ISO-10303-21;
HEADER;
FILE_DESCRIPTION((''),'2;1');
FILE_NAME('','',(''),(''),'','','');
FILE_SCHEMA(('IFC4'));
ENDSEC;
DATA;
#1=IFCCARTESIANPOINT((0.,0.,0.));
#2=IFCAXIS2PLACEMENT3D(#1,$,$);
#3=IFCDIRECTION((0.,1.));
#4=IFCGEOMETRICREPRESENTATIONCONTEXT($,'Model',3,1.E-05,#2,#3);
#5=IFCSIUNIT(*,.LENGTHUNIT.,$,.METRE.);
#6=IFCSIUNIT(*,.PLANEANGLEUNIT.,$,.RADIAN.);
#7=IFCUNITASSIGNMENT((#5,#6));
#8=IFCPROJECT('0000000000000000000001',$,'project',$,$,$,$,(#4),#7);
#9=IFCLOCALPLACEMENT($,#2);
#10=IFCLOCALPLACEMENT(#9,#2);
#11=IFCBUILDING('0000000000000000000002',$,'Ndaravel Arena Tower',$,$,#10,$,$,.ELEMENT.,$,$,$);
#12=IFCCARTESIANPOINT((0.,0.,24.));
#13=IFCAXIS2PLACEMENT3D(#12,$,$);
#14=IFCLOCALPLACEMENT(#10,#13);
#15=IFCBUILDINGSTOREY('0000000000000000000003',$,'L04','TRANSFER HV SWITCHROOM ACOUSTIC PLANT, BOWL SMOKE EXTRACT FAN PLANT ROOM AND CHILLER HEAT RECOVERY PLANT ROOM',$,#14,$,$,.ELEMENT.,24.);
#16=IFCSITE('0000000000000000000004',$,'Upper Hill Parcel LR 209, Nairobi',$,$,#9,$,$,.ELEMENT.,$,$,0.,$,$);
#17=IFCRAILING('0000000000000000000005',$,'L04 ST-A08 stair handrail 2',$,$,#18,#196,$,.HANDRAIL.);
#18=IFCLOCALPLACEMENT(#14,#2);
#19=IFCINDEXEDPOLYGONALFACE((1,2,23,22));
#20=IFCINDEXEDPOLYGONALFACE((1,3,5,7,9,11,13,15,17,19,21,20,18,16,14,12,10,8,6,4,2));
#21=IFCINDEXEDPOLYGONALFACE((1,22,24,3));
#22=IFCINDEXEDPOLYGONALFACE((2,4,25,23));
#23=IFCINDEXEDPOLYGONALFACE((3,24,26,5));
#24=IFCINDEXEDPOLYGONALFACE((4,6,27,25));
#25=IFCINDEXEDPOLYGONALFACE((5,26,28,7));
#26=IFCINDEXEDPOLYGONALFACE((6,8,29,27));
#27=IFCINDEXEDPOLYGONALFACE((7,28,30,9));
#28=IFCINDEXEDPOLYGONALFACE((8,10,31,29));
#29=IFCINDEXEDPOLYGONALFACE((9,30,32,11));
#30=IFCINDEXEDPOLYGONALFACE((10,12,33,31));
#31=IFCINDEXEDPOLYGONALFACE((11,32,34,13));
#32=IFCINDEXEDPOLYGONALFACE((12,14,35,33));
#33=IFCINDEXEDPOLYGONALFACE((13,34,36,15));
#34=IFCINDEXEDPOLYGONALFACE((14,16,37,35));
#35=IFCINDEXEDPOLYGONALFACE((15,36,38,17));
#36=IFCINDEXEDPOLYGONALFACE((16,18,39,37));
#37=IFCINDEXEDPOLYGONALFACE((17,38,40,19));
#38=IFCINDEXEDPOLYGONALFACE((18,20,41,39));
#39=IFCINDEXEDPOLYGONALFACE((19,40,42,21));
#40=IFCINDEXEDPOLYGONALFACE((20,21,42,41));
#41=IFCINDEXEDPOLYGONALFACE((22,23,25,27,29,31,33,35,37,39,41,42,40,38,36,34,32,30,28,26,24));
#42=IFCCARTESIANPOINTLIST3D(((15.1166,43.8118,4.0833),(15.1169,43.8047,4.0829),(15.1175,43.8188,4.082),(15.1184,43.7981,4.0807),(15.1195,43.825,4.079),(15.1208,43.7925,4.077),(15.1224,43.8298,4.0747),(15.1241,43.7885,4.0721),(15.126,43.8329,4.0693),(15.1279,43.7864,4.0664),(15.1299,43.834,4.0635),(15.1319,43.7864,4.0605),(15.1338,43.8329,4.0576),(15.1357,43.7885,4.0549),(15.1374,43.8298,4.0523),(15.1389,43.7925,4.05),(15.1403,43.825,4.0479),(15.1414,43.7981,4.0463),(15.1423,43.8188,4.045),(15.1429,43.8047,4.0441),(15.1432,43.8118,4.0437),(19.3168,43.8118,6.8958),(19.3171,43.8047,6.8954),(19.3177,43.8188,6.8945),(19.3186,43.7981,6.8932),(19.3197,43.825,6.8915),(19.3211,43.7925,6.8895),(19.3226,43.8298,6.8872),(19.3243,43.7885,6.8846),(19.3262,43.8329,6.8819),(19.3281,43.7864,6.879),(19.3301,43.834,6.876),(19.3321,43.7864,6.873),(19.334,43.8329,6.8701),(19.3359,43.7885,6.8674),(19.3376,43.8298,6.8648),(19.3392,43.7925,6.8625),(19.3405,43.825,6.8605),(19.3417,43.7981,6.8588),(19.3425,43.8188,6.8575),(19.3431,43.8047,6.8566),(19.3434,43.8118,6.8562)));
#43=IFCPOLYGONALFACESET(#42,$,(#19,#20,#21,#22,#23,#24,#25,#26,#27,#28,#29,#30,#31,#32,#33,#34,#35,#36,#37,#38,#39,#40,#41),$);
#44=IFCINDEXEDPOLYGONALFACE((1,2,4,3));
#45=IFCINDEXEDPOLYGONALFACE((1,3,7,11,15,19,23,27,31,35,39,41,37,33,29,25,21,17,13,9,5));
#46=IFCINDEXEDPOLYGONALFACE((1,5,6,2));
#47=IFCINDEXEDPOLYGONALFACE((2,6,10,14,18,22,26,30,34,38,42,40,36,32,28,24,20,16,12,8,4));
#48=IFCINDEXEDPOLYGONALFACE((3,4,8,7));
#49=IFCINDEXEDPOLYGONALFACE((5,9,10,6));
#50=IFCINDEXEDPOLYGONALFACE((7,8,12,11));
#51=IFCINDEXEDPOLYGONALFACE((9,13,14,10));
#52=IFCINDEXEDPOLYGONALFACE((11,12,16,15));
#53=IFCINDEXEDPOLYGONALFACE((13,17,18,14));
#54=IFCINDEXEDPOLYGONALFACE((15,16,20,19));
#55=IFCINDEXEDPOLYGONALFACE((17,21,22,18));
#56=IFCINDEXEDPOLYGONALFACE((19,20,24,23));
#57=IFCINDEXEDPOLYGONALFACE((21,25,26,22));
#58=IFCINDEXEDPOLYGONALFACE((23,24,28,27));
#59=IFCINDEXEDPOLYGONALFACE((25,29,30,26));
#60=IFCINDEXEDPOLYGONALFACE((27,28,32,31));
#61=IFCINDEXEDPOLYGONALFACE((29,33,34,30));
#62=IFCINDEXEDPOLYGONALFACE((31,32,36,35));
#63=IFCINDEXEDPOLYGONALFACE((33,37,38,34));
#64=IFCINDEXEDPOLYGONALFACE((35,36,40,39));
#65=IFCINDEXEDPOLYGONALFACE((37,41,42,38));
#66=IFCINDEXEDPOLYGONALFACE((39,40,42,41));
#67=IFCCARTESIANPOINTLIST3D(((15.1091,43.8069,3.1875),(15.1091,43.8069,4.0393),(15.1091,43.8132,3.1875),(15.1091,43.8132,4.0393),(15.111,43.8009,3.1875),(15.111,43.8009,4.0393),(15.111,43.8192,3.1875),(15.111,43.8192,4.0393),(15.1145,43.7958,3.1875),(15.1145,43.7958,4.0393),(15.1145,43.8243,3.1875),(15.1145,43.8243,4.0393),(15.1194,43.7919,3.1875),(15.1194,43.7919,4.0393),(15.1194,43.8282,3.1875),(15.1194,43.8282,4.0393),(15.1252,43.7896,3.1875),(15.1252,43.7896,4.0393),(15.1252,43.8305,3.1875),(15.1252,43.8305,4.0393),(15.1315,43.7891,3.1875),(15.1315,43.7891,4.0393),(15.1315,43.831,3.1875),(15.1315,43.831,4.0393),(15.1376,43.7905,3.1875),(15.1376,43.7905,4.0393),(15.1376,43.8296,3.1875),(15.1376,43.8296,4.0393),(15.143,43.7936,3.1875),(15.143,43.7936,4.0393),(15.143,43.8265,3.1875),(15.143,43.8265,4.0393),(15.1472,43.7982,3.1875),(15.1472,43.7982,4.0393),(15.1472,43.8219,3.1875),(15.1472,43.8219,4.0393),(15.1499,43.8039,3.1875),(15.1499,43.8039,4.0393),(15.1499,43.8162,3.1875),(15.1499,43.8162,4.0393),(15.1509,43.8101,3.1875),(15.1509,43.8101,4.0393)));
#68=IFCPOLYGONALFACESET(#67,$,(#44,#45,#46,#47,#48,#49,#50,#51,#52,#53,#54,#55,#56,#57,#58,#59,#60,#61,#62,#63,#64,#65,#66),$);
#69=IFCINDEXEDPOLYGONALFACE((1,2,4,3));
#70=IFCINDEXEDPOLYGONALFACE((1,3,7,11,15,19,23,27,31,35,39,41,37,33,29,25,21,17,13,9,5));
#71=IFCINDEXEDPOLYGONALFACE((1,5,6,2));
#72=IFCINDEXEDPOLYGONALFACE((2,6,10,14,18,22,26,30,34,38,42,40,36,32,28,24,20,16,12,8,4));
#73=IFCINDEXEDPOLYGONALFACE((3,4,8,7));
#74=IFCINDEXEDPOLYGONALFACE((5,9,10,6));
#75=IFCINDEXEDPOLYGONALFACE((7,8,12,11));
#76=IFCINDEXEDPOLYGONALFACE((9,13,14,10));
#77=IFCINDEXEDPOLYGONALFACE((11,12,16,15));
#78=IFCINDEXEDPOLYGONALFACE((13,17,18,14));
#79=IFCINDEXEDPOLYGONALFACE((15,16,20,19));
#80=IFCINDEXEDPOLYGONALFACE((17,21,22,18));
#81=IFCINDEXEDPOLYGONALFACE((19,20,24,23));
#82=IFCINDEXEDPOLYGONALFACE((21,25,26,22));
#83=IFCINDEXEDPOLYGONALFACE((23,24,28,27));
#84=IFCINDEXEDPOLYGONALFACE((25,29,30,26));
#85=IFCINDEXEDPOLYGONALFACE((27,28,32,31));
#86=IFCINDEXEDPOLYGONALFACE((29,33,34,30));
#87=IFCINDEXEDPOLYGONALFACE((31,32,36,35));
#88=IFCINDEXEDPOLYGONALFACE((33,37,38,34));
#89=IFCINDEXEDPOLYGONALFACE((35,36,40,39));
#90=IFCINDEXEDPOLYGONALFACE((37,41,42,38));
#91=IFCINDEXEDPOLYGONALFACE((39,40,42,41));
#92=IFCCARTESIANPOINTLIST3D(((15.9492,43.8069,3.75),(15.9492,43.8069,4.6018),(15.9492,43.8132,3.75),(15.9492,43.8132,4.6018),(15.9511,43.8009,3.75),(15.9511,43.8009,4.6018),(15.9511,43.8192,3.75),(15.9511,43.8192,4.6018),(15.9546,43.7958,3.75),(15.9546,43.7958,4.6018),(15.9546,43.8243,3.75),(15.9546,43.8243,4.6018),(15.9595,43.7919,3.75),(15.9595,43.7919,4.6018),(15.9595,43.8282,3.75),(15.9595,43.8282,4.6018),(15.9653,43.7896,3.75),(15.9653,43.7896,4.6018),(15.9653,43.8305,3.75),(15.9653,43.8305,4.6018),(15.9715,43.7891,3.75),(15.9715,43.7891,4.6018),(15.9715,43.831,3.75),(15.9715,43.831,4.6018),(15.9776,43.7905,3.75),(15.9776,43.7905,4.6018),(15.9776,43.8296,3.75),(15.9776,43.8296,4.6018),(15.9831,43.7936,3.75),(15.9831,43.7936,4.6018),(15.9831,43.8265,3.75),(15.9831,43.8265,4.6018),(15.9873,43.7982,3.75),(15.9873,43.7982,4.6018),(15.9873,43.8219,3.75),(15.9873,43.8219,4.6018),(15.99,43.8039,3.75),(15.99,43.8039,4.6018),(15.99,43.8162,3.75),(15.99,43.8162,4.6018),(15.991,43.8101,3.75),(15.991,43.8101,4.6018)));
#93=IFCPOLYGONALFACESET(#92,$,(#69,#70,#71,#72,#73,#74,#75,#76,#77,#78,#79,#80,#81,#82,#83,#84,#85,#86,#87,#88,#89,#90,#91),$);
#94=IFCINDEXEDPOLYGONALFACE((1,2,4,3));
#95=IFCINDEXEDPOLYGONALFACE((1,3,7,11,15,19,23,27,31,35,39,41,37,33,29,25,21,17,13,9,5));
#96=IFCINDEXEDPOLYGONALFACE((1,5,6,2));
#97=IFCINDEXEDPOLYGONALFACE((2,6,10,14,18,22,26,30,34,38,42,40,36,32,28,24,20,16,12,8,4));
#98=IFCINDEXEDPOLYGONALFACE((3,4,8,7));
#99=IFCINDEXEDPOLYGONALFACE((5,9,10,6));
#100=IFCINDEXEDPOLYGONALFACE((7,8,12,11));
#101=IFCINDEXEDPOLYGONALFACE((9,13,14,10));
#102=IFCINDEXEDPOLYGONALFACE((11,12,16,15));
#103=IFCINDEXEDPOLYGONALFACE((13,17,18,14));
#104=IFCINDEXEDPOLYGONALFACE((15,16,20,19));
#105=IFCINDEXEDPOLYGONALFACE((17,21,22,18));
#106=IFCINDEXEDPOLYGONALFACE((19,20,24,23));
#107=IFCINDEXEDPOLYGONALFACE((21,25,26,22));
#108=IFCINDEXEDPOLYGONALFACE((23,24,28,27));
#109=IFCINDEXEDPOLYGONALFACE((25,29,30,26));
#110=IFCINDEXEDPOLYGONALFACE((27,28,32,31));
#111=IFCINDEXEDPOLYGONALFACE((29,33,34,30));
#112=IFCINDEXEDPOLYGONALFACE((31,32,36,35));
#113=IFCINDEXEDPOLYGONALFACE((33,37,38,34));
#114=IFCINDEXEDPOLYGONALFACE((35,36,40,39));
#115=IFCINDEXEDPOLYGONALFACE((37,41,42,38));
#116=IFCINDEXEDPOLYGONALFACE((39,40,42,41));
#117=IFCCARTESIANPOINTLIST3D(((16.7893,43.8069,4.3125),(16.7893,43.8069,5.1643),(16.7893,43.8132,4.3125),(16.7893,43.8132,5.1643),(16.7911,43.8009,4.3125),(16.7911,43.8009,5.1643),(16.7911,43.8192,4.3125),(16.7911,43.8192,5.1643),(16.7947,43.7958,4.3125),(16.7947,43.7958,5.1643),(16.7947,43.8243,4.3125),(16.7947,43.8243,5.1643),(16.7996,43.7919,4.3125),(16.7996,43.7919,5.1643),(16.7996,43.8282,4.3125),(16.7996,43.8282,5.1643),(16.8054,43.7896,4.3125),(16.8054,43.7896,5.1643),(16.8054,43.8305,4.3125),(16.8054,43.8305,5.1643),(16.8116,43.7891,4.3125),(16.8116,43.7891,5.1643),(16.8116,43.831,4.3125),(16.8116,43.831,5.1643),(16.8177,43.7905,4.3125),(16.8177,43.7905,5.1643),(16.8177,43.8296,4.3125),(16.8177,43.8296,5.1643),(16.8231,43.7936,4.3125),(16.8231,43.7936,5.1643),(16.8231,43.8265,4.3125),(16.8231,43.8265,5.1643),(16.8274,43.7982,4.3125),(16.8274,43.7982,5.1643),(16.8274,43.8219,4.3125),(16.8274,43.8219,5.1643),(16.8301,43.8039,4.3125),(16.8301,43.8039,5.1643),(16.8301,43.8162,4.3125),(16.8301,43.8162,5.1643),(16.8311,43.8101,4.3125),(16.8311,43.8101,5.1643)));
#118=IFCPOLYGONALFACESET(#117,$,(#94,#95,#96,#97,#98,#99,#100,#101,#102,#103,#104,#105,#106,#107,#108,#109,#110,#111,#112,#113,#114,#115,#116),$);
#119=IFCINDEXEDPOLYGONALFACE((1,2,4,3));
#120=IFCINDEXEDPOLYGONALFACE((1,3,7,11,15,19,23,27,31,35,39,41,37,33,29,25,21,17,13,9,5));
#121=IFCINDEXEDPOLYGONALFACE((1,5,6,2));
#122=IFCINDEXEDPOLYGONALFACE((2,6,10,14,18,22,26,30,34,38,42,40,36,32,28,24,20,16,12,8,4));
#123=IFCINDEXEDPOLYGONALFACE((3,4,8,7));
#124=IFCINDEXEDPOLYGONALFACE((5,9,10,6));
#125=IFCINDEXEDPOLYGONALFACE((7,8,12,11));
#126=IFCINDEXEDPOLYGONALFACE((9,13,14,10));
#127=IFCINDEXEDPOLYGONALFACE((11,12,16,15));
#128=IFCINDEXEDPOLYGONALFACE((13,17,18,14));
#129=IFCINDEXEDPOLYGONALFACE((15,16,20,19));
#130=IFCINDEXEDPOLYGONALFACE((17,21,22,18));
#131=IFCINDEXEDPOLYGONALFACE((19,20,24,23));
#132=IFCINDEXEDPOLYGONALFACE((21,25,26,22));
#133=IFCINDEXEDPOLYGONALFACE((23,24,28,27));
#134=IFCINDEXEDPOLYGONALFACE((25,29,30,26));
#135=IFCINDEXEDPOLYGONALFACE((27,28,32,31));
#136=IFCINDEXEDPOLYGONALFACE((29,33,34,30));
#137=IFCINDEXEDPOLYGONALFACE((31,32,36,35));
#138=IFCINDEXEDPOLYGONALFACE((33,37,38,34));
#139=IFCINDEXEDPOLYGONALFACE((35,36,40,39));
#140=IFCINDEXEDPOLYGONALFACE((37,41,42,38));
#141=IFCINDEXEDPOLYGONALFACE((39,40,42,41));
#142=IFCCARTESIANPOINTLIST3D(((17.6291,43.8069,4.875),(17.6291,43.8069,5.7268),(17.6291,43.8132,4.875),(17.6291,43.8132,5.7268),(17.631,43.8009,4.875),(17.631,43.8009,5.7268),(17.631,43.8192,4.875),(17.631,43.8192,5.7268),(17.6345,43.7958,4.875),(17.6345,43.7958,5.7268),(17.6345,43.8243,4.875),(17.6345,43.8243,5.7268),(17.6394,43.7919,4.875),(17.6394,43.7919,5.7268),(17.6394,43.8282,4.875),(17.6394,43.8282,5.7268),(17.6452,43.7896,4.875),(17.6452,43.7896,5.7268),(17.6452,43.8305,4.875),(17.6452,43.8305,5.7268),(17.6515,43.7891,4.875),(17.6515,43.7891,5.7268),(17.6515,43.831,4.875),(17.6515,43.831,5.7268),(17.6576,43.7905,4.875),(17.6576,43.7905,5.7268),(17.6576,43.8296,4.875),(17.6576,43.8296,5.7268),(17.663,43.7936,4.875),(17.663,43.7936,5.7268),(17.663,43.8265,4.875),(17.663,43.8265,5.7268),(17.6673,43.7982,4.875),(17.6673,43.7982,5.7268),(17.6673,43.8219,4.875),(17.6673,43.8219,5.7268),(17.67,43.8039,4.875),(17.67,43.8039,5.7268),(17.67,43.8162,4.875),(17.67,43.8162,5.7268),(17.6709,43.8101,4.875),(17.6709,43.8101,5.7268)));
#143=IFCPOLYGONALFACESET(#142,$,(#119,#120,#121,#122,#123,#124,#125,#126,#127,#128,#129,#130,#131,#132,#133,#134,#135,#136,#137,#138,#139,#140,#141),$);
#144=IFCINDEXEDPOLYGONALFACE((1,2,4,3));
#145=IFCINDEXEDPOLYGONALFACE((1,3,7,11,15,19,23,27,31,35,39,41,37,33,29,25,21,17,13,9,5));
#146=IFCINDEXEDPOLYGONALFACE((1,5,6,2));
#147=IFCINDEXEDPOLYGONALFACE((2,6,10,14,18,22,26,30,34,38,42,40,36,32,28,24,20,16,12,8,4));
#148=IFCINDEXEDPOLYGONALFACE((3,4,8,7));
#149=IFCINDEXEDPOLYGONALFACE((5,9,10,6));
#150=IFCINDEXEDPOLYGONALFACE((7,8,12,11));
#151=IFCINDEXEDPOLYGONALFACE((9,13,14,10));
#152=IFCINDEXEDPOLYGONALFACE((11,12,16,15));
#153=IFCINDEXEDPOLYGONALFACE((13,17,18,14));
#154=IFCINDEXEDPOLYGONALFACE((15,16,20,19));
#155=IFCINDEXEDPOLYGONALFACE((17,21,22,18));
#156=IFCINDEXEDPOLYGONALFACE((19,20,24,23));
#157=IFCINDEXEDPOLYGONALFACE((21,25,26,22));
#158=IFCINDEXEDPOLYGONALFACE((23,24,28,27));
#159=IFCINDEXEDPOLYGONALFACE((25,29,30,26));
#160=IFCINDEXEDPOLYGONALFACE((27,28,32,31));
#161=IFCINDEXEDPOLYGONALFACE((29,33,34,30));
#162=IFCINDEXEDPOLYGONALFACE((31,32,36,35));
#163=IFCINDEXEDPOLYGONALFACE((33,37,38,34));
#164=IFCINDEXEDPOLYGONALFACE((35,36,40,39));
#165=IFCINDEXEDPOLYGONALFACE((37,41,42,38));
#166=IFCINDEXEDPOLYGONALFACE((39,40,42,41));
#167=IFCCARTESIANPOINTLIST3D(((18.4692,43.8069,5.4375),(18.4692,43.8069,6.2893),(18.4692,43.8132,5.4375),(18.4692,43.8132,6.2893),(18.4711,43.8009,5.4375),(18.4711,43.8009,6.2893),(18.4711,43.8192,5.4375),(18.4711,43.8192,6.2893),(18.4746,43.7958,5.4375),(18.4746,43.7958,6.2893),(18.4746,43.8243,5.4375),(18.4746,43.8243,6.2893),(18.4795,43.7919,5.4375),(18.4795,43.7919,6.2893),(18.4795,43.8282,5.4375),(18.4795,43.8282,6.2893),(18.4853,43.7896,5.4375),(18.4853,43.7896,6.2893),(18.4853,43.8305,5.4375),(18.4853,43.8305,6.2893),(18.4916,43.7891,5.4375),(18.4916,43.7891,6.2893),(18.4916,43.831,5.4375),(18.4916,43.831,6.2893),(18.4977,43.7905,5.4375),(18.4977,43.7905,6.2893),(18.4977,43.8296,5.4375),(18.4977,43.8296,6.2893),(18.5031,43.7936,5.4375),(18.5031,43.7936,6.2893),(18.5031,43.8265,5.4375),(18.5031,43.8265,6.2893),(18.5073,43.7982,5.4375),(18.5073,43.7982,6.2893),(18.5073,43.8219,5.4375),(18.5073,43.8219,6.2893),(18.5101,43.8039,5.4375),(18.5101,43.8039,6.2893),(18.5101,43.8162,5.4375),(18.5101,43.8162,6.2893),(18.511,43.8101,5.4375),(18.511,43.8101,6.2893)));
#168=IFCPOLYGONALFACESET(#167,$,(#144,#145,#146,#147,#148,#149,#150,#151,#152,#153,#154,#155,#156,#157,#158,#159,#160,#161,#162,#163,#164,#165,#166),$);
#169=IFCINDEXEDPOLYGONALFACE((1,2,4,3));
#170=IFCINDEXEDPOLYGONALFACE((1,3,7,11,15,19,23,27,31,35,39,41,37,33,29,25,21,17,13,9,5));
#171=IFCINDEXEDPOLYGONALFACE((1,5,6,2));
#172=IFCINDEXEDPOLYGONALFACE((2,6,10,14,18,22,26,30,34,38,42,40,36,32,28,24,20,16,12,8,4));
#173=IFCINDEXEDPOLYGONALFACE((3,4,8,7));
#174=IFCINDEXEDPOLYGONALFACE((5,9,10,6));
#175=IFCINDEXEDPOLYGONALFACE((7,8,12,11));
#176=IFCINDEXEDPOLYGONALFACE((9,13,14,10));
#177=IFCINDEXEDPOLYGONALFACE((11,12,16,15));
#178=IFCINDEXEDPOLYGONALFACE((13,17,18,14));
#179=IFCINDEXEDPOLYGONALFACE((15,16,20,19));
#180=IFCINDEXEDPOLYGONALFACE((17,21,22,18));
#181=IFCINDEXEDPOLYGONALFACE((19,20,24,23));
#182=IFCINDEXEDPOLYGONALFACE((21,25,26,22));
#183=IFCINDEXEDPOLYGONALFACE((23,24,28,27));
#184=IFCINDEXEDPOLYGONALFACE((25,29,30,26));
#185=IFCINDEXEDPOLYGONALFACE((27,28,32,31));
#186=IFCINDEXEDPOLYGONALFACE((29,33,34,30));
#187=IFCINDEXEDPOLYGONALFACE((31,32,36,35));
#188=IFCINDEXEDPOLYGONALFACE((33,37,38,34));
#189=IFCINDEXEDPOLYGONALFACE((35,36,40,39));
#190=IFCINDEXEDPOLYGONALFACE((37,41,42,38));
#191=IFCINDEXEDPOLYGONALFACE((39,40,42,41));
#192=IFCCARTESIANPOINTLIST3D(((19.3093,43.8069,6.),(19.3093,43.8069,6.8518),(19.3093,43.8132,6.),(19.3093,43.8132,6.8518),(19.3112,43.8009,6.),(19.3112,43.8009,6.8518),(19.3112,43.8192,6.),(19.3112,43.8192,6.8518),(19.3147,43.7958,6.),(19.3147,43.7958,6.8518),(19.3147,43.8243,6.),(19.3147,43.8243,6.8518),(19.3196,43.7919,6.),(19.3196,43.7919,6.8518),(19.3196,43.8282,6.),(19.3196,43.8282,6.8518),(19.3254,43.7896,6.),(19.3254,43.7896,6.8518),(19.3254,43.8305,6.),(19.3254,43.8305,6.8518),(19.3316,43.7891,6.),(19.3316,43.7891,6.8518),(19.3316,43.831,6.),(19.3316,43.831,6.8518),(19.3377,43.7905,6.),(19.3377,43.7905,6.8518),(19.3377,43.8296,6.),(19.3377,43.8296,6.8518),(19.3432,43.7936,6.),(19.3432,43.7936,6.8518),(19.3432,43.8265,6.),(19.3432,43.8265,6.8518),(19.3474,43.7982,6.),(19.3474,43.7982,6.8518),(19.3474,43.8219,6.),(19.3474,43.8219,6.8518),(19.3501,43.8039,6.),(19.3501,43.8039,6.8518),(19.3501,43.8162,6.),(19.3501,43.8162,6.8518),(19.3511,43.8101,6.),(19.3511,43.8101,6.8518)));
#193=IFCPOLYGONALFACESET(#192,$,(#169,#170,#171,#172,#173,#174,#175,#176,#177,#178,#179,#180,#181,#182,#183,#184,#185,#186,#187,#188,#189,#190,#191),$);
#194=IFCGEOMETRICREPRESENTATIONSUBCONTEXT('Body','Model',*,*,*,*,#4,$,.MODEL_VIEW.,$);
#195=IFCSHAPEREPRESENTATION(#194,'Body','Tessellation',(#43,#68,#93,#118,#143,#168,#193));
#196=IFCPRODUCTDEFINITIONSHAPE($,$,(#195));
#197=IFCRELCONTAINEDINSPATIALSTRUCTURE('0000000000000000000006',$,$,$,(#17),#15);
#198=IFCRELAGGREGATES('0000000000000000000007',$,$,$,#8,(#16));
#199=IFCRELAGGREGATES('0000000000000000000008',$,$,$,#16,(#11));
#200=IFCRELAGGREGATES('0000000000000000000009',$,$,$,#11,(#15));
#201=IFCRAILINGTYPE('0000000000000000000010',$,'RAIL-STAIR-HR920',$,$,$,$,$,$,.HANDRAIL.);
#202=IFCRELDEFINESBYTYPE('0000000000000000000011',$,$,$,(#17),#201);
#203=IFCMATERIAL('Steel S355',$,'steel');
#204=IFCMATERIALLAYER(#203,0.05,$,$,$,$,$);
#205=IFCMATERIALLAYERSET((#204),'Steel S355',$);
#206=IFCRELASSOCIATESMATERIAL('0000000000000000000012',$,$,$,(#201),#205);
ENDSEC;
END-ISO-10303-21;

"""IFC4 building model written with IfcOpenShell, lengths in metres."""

from ifc_helpers import new_model, si_unit, direction, frame, origin, origin_2d, place, context, subcontext, project, spatial, circle, extrude, material, layer, layer_set, type_object, element, save


model = new_model("IFC4")

# Units and contexts
model_context = context("Model", 3, precision=1e-05, world=origin(), true_north=direction((0.0, 1.0)))
body_context = subcontext(model_context, "Body", "Model", "MODEL_VIEW")
ifc_project = project(units=[si_unit("LENGTHUNIT", "METRE"), si_unit("PLANEANGLEUNIT", "RADIAN")], contexts=[model_context])

# Site, building, storey
site_placement = place(None, origin())
site = spatial("IfcSite", under=ifc_project, at=site_placement, Name="Upper Hill Parcel LR 209, Nairobi", CompositionType="ELEMENT", RefElevation=0.0)
building_placement = place(site_placement, origin())
building = spatial("IfcBuilding", under=site, at=building_placement, Name="Ndaravel Arena Tower", CompositionType="ELEMENT")
storey_placement = place(building_placement, frame((0.0, 0.0, 24.0)))
storey = spatial("IfcBuildingStorey", under=building, at=storey_placement, Name="L04", Description="TRANSFER HV SWITCHROOM ACOUSTIC PLANT, BOWL SMOKE EXTRACT FAN PLANT ROOM AND CHILLER HEAT RECOVERY PLANT ROOM", CompositionType="ELEMENT", Elevation=24.0)

# Railing
ifc_material_1 = material(Name="Steel S355", Category="steel")
ifc_layer_1 = layer(ifc_material_1, 0.05)
ifc_layer_set_1 = layer_set([ifc_layer_1], Name="Steel S355")
railing_type_1 = type_object("IfcRailingType", Name="RAIL-STAIR-HR920", PredefinedType="HANDRAIL", material=ifc_layer_set_1)
railing_1_placement = place(storey_placement, frame((15.1299, 43.8101, 3.1875)))
element("IfcRailing", 1, at=railing_1_placement, inside=storey, type_object=railing_type_1, Name="L04 ST-A08 stair handrail 2", PredefinedType="HANDRAIL", context=body_context, shape_type="SweptSolid", body=[
    extrude(circle(Radius=0.0239, at=origin_2d()), frame((0.0, 0.0, 0.876), z_axis=(0.830919, 0.0, 0.556393), x_axis=(0.0, 1.0, 0.0)), (0.0, 0.0, 1.0), 5.0549),
    extrude(circle(Radius=0.021, at=origin_2d()), origin(), (0.0, 0.0, 1.0), 0.8518),
    extrude(circle(Radius=0.021, at=origin_2d()), frame((0.8401, 0.0, 0.5625)), (0.0, 0.0, 1.0), 0.8518),
    extrude(circle(Radius=0.021, at=origin_2d()), frame((1.6802, 0.0, 1.125)), (0.0, 0.0, 1.0), 0.8518),
    extrude(circle(Radius=0.021, at=origin_2d()), frame((2.52, 0.0, 1.6875)), (0.0, 0.0, 1.0), 0.8518),
    extrude(circle(Radius=0.021, at=origin_2d()), frame((3.3601, 0.0, 2.25)), (0.0, 0.0, 1.0), 0.8518),
    extrude(circle(Radius=0.021, at=origin_2d()), frame((4.2002, 0.0, 2.8125)), (0.0, 0.0, 1.0), 0.8518),
])

save(model, "model.ifc")
